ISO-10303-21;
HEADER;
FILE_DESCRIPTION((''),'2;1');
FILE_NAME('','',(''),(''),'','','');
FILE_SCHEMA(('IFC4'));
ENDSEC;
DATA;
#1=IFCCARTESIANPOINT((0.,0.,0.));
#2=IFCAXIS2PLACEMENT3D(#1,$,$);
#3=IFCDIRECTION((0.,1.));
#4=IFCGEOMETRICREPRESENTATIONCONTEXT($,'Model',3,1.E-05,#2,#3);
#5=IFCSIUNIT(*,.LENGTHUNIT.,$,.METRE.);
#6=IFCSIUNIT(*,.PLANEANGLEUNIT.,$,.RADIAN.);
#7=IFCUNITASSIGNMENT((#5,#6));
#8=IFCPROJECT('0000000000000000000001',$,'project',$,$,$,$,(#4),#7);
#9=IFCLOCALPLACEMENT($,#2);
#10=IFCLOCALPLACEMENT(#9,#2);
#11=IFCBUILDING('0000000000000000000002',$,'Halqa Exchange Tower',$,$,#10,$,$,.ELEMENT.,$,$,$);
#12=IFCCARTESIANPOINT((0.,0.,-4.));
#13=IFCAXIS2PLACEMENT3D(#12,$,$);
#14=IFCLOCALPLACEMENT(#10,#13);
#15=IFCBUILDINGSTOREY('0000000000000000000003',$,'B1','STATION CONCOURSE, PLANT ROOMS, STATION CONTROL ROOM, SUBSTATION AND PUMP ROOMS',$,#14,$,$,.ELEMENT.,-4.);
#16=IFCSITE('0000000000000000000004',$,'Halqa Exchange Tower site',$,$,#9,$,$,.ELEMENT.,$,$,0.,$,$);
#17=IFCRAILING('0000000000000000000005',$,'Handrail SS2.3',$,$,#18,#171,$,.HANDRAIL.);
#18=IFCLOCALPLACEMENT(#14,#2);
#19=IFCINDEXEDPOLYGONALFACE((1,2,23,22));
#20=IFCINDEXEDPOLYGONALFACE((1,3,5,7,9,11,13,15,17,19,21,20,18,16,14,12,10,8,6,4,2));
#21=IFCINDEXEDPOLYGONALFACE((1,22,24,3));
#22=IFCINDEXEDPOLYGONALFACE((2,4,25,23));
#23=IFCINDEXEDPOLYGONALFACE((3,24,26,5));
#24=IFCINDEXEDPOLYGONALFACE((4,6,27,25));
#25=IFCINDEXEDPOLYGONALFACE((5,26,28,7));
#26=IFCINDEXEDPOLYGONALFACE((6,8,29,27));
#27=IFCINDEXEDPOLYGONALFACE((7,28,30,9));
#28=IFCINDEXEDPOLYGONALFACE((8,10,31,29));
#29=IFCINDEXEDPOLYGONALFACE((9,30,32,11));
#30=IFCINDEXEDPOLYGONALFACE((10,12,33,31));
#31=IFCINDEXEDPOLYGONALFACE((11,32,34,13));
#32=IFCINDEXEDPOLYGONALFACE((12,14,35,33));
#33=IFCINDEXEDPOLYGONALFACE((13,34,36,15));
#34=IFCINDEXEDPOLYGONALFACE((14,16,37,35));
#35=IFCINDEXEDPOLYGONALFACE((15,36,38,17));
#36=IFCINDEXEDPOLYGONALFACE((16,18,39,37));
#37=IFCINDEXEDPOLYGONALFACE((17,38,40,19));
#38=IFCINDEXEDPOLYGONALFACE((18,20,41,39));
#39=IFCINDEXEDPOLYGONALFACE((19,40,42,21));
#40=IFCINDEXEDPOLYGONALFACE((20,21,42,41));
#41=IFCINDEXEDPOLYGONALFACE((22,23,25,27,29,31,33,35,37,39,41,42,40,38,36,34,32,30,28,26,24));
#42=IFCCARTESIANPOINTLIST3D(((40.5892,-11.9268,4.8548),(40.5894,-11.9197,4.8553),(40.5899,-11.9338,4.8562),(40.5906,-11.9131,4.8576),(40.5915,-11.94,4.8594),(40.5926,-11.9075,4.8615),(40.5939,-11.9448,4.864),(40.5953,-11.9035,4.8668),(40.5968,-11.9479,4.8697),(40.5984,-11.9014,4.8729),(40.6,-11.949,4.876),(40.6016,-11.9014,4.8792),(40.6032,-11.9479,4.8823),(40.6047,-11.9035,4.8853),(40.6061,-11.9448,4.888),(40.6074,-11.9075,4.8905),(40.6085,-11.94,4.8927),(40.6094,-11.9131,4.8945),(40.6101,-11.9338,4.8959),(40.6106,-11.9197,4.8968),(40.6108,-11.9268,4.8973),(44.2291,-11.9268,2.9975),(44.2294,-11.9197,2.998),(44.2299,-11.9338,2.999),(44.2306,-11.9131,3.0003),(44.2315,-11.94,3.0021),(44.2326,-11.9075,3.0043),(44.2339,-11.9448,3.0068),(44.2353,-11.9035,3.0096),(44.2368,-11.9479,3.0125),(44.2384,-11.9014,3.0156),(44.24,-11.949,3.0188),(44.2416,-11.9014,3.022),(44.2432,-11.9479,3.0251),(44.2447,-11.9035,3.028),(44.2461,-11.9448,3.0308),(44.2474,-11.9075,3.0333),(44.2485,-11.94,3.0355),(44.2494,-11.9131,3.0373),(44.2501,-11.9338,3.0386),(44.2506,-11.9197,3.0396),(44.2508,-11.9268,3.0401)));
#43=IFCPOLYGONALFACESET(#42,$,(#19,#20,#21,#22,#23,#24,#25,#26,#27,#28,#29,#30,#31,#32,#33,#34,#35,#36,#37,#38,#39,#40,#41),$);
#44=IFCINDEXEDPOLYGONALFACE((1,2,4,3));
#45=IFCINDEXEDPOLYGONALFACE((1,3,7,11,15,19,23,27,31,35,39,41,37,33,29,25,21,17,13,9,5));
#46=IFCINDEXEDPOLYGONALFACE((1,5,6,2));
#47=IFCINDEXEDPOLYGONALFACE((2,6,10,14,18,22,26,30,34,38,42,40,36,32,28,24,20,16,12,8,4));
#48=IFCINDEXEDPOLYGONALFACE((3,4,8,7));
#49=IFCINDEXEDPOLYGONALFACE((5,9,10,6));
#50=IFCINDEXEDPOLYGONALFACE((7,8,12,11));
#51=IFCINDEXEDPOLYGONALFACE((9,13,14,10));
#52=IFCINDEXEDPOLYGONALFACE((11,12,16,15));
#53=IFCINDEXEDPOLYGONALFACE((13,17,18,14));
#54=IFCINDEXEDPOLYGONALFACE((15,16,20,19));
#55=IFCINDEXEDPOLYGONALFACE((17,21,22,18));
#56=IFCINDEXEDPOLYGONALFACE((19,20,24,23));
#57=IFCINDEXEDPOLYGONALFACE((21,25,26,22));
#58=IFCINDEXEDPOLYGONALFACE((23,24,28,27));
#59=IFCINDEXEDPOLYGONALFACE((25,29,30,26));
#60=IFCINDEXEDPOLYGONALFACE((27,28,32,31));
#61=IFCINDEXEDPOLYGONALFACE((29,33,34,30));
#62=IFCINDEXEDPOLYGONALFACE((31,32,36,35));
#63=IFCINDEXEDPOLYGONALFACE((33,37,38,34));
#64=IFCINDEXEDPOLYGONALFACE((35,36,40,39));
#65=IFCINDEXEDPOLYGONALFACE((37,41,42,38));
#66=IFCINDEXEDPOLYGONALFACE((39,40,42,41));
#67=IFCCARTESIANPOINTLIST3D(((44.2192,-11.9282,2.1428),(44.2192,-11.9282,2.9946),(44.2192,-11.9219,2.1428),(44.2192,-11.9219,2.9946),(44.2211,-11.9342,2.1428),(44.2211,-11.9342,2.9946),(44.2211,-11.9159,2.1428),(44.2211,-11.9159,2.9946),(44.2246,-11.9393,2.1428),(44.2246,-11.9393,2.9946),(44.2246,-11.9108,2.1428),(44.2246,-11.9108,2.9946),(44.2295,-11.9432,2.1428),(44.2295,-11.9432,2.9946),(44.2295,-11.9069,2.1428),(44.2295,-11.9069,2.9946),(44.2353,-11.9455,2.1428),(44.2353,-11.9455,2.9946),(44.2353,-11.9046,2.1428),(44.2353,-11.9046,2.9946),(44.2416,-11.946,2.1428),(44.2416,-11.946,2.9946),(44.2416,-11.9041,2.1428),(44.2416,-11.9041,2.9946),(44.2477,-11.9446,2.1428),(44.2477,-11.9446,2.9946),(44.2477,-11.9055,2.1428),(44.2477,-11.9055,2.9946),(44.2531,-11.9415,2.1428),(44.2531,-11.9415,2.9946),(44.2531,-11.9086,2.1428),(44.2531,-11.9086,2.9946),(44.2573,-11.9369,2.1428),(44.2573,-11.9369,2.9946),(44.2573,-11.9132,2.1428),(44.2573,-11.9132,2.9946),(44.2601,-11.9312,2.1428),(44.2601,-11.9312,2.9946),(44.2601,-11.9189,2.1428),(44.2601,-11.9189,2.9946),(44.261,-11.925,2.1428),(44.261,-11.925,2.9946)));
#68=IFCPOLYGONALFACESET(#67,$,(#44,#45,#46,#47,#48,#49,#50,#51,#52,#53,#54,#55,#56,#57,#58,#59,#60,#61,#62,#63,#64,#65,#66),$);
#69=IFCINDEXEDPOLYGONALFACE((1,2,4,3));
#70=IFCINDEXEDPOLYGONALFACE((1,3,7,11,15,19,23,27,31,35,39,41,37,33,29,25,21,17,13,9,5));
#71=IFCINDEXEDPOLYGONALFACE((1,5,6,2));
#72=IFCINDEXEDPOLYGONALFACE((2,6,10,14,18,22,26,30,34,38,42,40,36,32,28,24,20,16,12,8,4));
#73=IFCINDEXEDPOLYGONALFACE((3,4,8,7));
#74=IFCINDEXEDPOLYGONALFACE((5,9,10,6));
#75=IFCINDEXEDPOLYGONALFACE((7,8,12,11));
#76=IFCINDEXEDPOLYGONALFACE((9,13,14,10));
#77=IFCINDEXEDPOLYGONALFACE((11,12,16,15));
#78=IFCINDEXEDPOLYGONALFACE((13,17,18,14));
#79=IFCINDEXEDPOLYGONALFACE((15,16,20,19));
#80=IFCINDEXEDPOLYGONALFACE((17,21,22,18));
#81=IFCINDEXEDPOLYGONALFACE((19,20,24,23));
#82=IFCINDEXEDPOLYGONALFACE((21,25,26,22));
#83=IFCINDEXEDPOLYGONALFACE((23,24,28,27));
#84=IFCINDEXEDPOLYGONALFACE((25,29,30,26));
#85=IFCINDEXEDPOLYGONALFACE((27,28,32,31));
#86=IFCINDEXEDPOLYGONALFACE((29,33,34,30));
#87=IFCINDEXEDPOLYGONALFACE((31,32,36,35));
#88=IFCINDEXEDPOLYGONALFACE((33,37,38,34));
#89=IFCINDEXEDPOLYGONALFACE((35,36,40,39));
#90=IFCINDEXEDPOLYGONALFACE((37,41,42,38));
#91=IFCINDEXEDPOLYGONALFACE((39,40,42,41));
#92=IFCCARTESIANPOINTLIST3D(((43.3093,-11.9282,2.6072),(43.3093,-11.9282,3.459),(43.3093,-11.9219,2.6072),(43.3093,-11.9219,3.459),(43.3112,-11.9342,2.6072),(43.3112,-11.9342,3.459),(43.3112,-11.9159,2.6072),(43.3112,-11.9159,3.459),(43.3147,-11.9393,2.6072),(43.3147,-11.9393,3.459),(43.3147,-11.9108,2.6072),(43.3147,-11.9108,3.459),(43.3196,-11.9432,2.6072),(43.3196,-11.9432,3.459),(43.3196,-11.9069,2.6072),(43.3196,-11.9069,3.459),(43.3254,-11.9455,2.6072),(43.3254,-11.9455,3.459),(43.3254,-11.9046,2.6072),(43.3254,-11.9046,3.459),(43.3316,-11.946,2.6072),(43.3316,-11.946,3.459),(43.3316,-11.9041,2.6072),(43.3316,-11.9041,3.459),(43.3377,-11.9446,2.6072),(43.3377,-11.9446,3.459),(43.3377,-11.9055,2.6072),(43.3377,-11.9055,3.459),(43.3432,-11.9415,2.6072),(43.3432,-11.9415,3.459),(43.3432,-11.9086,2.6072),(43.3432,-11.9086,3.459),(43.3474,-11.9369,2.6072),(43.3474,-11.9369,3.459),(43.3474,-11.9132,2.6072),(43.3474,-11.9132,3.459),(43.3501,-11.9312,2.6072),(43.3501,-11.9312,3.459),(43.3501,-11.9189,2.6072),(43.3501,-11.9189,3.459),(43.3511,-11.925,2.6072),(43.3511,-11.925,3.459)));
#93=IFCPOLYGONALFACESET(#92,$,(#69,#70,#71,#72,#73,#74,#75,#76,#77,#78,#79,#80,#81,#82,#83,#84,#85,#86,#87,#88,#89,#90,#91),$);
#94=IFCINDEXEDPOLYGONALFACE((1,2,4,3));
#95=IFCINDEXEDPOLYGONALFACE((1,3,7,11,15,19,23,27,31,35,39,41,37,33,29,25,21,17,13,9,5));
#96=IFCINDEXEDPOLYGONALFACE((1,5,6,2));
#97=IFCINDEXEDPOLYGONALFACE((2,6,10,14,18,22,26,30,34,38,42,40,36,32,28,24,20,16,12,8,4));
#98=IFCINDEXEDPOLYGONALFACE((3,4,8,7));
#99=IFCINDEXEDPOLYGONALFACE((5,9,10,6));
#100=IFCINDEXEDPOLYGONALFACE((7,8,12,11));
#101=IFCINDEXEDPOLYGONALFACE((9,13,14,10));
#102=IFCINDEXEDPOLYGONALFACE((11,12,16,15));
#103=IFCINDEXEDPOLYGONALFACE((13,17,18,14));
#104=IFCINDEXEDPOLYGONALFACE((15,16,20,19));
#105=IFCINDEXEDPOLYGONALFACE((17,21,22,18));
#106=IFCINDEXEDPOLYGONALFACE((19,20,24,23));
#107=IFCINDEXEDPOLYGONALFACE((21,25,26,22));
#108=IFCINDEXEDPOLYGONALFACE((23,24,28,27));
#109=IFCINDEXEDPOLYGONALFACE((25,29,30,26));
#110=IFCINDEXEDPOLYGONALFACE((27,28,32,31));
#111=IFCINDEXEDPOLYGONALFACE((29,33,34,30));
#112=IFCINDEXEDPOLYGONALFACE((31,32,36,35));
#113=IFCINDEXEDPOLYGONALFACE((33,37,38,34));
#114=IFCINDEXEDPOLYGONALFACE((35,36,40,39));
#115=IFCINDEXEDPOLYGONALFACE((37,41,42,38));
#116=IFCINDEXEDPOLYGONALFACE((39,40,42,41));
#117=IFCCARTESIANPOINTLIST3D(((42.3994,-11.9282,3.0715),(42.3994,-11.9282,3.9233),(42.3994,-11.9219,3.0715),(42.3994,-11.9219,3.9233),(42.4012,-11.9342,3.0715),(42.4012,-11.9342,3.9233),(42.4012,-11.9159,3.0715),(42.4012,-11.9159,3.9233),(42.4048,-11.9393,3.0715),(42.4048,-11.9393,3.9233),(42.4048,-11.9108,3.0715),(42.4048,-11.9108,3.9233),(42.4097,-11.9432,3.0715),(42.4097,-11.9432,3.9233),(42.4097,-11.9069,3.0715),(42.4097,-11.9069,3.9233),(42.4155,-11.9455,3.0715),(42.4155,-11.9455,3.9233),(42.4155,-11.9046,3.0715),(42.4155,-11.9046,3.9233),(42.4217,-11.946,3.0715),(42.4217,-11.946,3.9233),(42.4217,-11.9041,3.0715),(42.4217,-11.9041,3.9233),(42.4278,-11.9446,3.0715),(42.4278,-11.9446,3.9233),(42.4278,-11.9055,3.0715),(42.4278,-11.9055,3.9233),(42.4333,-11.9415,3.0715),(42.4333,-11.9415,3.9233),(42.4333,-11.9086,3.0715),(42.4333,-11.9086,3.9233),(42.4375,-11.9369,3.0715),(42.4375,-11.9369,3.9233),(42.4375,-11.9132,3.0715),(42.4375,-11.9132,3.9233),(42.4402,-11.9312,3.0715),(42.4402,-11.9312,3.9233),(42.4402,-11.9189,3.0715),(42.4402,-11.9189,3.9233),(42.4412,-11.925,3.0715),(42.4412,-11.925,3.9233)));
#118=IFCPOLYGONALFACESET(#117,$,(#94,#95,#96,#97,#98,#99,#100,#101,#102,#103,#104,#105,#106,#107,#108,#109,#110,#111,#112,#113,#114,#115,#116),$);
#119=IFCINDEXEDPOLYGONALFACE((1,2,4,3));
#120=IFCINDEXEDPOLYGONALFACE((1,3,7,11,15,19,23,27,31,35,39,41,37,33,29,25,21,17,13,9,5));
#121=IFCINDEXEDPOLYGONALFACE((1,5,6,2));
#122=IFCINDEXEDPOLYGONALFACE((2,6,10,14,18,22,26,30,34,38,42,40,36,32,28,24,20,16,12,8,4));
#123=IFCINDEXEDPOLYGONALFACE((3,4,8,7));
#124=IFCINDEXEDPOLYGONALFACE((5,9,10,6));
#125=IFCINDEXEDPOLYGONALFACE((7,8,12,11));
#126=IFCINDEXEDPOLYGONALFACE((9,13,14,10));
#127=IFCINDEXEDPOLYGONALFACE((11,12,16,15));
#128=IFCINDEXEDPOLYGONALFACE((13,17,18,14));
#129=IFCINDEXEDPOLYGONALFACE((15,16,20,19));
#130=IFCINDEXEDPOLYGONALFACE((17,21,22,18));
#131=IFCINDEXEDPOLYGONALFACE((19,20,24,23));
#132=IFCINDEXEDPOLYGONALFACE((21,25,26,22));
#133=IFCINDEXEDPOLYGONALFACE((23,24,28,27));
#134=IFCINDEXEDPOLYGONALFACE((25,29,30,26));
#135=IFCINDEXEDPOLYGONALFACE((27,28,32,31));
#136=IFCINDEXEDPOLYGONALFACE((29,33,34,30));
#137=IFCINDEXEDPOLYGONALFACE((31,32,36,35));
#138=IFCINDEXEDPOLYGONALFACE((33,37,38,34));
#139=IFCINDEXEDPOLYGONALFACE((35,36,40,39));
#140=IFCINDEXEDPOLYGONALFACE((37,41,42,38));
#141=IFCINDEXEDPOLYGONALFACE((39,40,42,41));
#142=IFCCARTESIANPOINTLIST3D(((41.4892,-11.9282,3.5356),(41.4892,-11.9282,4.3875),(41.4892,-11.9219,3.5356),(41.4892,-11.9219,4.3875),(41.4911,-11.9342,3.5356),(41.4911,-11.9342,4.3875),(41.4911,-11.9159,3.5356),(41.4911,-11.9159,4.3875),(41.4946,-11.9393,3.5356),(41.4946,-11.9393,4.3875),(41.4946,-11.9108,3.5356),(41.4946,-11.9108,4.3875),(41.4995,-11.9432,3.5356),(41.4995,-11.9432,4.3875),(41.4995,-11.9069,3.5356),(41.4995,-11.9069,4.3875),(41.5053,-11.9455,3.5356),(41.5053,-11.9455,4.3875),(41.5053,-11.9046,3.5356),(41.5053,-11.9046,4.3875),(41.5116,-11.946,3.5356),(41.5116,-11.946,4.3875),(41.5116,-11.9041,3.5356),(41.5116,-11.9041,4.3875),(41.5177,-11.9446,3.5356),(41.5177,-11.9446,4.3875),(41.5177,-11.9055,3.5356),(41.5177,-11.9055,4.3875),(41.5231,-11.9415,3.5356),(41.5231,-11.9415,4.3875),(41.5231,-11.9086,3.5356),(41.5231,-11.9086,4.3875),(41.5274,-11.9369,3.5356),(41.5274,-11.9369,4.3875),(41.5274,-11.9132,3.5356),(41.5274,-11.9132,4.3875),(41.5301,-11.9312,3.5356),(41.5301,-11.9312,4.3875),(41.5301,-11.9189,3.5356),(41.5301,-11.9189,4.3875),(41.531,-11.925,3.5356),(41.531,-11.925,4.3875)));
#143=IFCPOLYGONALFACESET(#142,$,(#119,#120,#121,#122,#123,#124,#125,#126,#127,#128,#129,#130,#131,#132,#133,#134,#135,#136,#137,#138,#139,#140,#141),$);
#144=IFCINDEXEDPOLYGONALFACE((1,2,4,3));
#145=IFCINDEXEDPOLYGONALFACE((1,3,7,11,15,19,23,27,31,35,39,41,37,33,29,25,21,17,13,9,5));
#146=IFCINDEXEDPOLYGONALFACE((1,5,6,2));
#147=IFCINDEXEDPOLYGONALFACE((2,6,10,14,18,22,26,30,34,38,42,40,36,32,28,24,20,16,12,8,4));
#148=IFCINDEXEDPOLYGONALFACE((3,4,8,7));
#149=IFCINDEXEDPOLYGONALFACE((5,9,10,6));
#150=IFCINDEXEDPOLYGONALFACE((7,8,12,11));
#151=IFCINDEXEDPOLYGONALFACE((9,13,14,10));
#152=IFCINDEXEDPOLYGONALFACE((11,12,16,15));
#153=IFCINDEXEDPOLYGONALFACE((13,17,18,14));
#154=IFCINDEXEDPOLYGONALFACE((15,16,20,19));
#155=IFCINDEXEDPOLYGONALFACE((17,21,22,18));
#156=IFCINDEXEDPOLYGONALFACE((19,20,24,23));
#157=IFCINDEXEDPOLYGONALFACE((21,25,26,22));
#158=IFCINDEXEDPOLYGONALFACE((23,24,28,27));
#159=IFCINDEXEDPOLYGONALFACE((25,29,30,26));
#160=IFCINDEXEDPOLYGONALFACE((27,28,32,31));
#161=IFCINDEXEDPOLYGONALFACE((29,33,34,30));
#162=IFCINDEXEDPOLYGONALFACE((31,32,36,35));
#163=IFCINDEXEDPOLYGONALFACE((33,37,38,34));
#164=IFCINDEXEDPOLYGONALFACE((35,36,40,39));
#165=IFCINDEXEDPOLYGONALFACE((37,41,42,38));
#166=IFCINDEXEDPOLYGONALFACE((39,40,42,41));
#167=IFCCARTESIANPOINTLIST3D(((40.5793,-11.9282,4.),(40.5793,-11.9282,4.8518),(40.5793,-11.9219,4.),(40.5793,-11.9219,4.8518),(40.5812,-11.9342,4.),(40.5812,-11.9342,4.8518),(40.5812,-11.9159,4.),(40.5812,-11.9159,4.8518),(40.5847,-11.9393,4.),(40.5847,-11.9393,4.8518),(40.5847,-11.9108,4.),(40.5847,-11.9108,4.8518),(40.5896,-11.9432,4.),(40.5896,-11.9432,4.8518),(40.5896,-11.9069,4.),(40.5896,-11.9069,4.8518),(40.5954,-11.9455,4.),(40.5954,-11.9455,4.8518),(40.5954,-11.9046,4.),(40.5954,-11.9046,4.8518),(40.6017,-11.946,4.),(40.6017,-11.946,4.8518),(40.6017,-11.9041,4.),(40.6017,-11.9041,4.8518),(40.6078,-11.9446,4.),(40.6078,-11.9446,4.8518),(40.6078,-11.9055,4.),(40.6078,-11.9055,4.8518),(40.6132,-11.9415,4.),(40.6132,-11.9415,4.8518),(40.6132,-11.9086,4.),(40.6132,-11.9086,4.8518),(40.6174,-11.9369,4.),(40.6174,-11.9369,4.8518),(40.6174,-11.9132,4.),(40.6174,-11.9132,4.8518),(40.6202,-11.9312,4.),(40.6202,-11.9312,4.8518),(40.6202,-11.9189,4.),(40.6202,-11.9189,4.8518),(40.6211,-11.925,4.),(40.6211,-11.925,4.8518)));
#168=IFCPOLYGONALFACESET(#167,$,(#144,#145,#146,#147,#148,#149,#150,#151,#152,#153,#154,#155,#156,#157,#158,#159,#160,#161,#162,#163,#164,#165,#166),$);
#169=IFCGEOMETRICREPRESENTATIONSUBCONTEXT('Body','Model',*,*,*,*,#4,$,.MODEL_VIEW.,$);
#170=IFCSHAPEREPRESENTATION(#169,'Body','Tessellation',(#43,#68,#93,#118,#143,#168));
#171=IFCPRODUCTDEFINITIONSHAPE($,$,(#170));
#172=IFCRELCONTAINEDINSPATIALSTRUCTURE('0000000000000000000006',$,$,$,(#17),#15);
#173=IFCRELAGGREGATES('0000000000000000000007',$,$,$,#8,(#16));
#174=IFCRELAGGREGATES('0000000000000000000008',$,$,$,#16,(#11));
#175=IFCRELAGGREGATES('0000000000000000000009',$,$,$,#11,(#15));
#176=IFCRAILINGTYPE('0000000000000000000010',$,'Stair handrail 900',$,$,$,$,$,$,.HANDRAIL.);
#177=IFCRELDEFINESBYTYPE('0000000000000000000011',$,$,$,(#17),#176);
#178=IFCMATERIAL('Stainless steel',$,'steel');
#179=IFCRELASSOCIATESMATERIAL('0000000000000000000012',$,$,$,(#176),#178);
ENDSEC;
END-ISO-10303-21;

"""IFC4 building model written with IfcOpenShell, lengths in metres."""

from ifc_helpers import new_model, si_unit, direction, frame, origin, origin_2d, place, context, subcontext, project, spatial, circle, extrude, material, type_object, element, save


model = new_model("IFC4")

# Units and contexts
model_context = context("Model", 3, precision=1e-05, world=origin(), true_north=direction((0.0, 1.0)))
body_context = subcontext(model_context, "Body", "Model", "MODEL_VIEW")
ifc_project = project(units=[si_unit("LENGTHUNIT", "METRE"), si_unit("PLANEANGLEUNIT", "RADIAN")], contexts=[model_context])

# Site, building, storey
site_placement = place(None, origin())
site = spatial("IfcSite", under=ifc_project, at=site_placement, Name="Halqa Exchange Tower site", CompositionType="ELEMENT", RefElevation=0.0)
building_placement = place(site_placement, origin())
building = spatial("IfcBuilding", under=site, at=building_placement, Name="Halqa Exchange Tower", CompositionType="ELEMENT")
storey_placement = place(building_placement, frame((0.0, 0.0, -4.0)))
storey = spatial("IfcBuildingStorey", under=building, at=storey_placement, Name="B1", Description="STATION CONCOURSE, PLANT ROOMS, STATION CONTROL ROOM, SUBSTATION AND PUMP ROOMS", CompositionType="ELEMENT", Elevation=-4.0)

# Railing
ifc_material_1 = material(Name="Stainless steel", Category="steel")
railing_type_1 = type_object("IfcRailingType", Name="Stair handrail 900", PredefinedType="HANDRAIL", material=ifc_material_1)
railing_1_placement = place(storey_placement, frame((44.24, -11.925, 2.1428)))
element("IfcRailing", 1, at=railing_1_placement, inside=storey, type_object=railing_type_1, Name="Handrail SS2.3", PredefinedType="HANDRAIL", context=body_context, shape_type="SweptSolid", body=[
    extrude(circle(Radius=0.0239, at=origin_2d()), frame((0.0, 0.0, 0.876), z_axis=(-0.890753, 0.0, 0.454488), x_axis=(0.0, -1.0, 0.0)), (0.0, 0.0, 1.0), 4.0864),
    extrude(circle(Radius=0.021, at=origin_2d()), origin(), (0.0, 0.0, 1.0), 0.8518),
    extrude(circle(Radius=0.021, at=origin_2d()), frame((-0.9099, 0.0, 0.4644)), (0.0, 0.0, 1.0), 0.8518),
    extrude(circle(Radius=0.021, at=origin_2d()), frame((-1.8198, 0.0, 0.9287)), (0.0, 0.0, 1.0), 0.8518),
    extrude(circle(Radius=0.021, at=origin_2d()), frame((-2.73, 0.0, 1.3928)), (0.0, 0.0, 1.0), 0.8518),
    extrude(circle(Radius=0.021, at=origin_2d()), frame((-3.6399, 0.0, 1.8572)), (0.0, 0.0, 1.0), 0.8518),
])

save(model, "model.ifc")
